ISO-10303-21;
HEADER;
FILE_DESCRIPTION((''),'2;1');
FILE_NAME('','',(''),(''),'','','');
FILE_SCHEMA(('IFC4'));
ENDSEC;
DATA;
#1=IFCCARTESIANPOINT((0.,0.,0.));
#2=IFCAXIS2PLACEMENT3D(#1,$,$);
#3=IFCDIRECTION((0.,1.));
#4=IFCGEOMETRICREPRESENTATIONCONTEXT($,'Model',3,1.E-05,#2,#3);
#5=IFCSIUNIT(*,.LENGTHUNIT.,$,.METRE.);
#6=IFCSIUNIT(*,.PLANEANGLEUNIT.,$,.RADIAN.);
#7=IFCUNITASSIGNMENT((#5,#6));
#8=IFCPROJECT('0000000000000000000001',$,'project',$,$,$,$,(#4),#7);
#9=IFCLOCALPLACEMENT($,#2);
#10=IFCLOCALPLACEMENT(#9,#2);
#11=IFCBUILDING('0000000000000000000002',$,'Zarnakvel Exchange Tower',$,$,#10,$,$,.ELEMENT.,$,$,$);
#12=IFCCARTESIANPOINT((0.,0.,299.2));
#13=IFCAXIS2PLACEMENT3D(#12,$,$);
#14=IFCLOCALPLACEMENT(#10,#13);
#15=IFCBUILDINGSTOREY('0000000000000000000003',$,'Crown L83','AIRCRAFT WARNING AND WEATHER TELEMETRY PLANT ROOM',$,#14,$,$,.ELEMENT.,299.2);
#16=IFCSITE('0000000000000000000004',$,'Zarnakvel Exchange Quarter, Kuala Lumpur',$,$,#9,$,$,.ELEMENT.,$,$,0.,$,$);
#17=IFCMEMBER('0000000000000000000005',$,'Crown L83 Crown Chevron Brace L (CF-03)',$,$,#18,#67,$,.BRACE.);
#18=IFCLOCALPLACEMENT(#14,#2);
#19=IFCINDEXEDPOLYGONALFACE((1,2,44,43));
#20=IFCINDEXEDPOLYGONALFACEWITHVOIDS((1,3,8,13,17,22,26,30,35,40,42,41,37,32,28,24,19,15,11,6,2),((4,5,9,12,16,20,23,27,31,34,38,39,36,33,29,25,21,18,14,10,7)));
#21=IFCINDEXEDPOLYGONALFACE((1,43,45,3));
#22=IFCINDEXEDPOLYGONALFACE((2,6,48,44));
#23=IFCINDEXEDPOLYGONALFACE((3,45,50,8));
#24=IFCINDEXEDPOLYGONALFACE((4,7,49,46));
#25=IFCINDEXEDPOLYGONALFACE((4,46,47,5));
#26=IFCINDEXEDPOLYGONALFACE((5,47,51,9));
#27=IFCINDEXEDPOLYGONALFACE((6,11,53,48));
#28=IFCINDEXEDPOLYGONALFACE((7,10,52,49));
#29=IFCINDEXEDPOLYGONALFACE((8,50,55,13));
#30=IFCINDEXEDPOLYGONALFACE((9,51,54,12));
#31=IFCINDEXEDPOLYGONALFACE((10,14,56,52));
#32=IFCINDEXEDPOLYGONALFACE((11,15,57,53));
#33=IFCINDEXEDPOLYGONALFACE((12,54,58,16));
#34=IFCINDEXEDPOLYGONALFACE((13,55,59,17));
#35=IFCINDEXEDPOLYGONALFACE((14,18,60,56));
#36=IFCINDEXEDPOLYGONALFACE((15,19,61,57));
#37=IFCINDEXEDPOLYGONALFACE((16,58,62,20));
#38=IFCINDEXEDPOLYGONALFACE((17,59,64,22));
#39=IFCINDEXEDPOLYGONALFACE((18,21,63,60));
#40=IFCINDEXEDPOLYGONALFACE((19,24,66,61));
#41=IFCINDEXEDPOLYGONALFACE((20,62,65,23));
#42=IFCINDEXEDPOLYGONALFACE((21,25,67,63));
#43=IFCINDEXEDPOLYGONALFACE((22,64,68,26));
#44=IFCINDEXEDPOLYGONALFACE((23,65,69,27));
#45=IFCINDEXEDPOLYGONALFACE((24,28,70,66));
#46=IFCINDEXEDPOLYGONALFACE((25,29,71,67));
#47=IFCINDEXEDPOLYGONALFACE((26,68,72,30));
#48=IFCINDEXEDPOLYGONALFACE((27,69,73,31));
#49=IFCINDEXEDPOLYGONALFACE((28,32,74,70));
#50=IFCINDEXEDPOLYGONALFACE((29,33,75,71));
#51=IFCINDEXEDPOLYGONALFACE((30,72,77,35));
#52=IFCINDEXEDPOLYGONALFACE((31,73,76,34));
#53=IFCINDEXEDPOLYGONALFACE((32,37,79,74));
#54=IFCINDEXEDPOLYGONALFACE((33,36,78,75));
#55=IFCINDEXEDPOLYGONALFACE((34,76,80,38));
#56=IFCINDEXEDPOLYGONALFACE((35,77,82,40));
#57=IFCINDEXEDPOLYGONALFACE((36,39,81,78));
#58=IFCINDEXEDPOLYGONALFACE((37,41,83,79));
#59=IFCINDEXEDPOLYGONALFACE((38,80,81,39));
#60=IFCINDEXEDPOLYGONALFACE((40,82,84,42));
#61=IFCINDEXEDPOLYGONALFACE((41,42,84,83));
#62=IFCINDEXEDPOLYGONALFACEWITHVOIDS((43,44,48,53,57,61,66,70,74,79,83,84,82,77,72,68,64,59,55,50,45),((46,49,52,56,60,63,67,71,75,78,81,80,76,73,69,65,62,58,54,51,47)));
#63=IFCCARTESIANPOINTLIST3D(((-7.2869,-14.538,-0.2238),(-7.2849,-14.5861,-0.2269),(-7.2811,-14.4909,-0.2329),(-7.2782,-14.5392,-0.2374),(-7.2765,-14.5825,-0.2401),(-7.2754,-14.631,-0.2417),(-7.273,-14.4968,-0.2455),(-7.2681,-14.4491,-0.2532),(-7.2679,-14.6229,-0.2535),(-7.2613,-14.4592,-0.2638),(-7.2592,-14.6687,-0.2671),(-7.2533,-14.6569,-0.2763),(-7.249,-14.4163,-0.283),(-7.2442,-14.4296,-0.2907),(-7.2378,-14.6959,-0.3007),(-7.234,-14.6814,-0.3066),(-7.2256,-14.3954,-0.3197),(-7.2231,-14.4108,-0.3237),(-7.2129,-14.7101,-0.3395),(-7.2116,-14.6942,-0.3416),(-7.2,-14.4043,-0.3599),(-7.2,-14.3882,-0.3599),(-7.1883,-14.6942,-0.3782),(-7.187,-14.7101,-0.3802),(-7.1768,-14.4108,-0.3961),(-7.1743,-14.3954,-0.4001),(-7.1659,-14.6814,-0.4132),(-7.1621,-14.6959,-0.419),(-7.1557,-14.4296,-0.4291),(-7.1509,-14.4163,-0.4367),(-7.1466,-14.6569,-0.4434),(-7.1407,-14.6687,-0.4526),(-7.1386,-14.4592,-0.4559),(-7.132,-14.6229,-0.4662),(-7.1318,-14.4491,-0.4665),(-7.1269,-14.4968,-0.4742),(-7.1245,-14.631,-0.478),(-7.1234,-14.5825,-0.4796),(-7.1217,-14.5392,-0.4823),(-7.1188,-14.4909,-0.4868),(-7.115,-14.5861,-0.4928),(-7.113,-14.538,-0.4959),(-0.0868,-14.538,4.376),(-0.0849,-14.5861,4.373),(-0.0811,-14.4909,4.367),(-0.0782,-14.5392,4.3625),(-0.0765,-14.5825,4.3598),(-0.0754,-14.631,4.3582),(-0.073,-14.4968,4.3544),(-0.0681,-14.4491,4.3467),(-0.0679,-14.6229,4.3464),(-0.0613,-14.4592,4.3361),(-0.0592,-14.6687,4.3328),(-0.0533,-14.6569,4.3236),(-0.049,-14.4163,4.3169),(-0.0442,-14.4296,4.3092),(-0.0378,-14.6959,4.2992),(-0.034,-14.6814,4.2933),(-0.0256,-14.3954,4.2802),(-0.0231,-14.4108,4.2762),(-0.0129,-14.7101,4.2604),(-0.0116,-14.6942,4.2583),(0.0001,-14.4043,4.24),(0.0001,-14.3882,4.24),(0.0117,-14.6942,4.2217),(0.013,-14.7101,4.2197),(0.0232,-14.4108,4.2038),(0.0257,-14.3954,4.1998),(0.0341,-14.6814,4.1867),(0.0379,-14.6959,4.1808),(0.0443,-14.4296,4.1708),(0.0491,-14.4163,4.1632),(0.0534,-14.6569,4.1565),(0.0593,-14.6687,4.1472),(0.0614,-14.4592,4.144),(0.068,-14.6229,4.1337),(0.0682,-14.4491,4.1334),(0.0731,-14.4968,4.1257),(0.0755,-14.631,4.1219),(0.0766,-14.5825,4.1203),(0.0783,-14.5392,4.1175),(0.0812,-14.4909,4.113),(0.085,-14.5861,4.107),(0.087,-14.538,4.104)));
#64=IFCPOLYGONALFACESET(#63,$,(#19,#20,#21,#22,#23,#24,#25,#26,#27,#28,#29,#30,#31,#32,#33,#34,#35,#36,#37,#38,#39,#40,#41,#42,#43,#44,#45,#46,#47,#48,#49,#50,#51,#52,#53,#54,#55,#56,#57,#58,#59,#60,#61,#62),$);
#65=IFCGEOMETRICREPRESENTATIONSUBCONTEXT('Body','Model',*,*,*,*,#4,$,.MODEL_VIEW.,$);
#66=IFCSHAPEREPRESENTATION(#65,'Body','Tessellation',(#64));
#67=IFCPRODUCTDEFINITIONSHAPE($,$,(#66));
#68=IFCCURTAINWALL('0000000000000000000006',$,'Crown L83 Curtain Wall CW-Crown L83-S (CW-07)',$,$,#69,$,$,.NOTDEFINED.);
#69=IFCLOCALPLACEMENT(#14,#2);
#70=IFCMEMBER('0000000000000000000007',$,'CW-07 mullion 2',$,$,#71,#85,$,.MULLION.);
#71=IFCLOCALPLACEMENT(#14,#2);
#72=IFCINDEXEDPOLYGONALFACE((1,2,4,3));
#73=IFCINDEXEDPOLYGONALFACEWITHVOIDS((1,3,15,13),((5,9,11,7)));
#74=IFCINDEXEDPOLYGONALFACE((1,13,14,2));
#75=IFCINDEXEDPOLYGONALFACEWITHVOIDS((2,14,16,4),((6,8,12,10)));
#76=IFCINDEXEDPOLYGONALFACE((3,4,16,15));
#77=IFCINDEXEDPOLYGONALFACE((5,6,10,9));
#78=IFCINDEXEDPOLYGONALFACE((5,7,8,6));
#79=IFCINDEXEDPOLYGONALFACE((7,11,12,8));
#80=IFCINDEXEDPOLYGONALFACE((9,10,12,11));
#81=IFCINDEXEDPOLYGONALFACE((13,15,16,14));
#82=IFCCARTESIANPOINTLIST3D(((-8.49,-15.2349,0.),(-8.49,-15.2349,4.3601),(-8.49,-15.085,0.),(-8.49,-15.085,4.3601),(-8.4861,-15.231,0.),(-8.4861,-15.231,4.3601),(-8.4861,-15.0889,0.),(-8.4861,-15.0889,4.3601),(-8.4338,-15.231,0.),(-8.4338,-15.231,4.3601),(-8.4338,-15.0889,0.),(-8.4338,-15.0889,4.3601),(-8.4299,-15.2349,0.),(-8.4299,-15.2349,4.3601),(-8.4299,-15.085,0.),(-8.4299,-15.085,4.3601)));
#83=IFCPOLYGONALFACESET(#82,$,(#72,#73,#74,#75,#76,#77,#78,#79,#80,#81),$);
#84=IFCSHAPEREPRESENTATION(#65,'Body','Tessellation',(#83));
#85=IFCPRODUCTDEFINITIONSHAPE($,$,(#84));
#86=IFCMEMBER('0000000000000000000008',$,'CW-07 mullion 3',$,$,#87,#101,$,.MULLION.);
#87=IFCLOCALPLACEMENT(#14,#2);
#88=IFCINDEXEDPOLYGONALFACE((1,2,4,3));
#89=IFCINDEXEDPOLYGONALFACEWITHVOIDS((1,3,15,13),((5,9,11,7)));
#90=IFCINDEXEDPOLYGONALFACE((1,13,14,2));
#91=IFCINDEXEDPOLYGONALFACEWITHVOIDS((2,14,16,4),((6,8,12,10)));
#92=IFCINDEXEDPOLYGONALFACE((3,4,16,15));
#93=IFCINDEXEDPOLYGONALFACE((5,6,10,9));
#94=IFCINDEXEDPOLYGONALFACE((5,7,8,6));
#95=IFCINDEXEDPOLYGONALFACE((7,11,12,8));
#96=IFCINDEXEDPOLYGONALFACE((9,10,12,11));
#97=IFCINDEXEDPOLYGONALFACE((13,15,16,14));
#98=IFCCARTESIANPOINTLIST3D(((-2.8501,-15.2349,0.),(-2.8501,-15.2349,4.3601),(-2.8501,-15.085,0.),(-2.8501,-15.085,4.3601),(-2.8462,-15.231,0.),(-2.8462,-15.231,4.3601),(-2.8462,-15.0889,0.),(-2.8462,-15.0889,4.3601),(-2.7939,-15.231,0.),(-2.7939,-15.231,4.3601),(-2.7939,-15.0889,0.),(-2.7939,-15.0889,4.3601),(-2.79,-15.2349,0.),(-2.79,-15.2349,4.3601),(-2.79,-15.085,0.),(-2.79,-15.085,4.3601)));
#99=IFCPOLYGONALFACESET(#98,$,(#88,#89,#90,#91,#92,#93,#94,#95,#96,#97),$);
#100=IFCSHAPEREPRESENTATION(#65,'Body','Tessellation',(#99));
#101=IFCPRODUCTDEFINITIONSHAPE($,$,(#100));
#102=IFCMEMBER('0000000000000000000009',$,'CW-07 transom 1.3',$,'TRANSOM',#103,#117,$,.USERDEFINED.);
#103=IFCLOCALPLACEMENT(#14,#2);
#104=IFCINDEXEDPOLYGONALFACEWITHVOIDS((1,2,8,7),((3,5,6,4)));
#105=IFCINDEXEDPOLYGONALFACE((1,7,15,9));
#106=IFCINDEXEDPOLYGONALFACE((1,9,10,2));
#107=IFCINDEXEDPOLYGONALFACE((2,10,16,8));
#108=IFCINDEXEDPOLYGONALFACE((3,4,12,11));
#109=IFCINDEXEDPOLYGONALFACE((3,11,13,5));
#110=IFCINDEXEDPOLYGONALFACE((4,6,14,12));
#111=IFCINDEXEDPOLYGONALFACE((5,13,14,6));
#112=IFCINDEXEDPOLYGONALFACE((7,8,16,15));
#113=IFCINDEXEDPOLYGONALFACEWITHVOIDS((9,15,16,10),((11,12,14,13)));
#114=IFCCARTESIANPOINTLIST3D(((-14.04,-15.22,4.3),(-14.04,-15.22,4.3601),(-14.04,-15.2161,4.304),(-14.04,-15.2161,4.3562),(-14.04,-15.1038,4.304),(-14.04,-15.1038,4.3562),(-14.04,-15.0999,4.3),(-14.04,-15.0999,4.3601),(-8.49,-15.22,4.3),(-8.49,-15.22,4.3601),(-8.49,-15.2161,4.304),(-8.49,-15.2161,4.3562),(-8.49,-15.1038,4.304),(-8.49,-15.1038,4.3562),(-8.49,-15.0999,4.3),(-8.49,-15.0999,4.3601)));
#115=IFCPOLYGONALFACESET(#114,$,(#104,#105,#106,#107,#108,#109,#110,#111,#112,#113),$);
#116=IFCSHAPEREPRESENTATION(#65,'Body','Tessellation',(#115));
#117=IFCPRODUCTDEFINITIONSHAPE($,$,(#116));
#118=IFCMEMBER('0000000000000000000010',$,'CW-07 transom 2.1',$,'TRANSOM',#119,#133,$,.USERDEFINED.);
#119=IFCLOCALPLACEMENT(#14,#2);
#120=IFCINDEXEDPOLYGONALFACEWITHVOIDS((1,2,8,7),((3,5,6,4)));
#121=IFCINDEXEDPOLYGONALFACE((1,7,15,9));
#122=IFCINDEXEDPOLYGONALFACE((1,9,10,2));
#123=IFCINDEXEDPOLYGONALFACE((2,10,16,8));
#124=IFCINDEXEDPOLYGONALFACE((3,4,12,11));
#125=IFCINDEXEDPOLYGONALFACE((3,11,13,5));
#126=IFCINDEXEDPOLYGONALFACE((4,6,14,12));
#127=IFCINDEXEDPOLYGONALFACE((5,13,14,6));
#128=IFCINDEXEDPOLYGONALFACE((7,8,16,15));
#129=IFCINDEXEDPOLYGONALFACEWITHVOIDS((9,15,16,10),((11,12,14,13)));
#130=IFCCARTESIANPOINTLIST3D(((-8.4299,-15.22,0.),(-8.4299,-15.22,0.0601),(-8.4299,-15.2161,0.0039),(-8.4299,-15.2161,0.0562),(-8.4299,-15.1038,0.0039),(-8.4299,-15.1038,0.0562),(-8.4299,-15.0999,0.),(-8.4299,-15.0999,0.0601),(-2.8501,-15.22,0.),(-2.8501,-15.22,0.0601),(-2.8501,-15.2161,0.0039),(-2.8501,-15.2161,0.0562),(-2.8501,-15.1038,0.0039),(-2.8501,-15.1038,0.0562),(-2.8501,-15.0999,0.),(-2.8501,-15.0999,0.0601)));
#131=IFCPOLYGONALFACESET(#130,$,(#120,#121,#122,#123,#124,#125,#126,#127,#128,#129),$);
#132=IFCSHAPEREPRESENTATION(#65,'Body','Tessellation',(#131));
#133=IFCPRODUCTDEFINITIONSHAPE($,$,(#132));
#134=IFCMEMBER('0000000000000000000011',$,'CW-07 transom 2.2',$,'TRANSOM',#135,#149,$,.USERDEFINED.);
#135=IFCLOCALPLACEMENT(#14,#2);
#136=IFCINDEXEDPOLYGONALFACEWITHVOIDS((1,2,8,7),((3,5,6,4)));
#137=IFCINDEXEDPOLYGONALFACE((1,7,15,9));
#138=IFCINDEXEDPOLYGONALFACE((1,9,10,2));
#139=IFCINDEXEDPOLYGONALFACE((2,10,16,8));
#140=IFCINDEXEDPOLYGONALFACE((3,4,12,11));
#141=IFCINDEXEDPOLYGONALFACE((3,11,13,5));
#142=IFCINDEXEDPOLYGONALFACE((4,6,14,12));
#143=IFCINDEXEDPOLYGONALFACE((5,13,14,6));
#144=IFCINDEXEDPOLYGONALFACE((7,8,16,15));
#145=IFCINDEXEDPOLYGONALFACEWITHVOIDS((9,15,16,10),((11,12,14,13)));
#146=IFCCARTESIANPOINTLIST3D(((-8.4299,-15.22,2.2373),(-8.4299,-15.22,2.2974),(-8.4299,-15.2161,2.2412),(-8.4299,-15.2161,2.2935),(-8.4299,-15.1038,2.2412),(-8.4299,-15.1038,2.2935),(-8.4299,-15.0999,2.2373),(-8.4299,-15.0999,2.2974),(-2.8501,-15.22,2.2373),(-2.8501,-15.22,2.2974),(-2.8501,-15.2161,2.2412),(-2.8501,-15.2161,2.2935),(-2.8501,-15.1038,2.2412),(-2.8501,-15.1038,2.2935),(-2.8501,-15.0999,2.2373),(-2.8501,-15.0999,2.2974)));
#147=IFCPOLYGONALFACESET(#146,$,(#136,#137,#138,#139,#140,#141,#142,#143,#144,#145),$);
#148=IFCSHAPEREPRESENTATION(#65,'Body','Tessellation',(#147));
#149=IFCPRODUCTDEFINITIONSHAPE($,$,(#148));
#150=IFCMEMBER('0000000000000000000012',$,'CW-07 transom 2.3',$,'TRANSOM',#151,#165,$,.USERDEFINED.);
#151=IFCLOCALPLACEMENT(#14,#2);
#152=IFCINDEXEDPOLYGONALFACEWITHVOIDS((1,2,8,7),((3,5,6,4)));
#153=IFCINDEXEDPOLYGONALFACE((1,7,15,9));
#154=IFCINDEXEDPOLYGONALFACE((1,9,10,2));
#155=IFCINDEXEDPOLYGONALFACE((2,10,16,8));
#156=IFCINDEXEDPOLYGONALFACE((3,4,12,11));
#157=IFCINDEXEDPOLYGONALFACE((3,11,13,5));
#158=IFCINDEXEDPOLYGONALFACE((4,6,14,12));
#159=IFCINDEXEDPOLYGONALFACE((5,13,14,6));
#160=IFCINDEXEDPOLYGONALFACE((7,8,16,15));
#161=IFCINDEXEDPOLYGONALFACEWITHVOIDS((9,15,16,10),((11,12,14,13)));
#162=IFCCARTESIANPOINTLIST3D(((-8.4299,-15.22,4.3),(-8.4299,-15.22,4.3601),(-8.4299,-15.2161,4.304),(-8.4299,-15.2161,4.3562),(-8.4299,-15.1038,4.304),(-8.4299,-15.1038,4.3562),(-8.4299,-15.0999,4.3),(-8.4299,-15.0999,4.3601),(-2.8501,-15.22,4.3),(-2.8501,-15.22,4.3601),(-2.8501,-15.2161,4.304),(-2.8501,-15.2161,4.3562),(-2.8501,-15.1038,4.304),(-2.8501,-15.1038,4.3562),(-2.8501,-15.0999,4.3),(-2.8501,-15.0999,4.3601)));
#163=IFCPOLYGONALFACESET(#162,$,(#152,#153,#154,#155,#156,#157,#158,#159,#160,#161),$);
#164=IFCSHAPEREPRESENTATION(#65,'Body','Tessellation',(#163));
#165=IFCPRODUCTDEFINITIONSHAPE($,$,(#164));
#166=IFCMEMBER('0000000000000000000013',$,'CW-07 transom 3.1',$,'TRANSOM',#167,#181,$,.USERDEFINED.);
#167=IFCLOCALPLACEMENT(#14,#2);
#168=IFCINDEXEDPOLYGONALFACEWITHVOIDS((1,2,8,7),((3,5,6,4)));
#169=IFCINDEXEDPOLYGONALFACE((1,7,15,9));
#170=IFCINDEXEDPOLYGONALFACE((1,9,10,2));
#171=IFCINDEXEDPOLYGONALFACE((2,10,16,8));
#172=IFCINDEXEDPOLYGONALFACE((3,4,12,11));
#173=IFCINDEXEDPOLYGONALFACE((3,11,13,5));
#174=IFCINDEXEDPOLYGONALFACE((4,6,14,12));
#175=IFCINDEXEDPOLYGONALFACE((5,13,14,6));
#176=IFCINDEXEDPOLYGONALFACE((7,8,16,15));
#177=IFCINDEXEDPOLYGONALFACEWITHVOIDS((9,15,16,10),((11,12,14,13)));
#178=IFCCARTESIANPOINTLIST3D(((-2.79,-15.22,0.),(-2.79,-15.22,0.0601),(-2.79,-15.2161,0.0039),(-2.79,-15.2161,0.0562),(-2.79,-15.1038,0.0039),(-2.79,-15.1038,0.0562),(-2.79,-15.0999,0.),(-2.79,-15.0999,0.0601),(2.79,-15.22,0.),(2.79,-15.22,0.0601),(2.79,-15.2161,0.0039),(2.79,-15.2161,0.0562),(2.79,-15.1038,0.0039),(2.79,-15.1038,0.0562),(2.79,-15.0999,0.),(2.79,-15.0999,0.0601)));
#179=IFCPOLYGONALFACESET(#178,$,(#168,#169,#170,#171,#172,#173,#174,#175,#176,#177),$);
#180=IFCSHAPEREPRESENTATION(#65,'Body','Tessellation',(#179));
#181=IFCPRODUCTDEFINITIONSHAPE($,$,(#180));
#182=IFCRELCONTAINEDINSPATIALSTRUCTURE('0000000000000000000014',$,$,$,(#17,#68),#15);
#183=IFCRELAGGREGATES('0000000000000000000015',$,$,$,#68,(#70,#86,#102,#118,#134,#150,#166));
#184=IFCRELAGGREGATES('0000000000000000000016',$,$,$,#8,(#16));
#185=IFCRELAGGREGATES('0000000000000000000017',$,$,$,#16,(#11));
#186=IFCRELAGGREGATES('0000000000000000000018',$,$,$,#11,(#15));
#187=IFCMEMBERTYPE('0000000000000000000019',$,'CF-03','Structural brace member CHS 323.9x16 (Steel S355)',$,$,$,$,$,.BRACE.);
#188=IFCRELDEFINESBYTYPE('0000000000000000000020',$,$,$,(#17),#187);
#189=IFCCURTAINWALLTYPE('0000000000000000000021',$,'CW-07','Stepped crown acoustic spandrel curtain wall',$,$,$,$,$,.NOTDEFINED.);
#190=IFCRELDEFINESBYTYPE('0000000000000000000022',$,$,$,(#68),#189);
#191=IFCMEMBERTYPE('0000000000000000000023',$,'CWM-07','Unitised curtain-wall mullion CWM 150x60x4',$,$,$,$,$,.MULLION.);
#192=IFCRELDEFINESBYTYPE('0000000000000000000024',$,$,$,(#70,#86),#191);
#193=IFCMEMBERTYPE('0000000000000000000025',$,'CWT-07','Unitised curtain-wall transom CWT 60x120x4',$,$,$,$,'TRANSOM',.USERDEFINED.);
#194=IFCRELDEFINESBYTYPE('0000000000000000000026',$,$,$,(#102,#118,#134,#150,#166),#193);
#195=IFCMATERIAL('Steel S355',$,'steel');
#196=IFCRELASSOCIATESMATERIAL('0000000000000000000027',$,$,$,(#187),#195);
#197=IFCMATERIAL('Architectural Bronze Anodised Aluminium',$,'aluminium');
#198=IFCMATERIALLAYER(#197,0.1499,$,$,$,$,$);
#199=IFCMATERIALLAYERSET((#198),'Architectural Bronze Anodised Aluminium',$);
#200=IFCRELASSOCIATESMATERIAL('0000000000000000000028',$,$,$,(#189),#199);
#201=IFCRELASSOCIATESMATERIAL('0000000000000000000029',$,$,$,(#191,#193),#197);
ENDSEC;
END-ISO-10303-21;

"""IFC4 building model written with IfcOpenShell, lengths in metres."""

from ifc_helpers import new_model, si_unit, direction, frame, origin, origin_2d, place, context, subcontext, project, spatial, hollow_rectangle, hollow_circle, extrude, source, transform, mapped, material, layer, layer_set, material_profile, profile_set, type_object, element, aggregate, save


model = new_model("IFC4")

# Units and contexts
model_context = context("Model", 3, precision=1e-05, world=origin(), true_north=direction((0.0, 1.0)))
body_context = subcontext(model_context, "Body", "Model", "MODEL_VIEW")
ifc_project = project(units=[si_unit("LENGTHUNIT", "METRE"), si_unit("PLANEANGLEUNIT", "RADIAN")], contexts=[model_context])

# Site, building, storey
site_placement = place(None, origin())
site = spatial("IfcSite", under=ifc_project, at=site_placement, Name="Zarnakvel Exchange Quarter, Kuala Lumpur", CompositionType="ELEMENT", RefElevation=0.0)
building_placement = place(site_placement, origin())
building = spatial("IfcBuilding", under=site, at=building_placement, Name="Zarnakvel Exchange Tower", CompositionType="ELEMENT")
storey_placement = place(building_placement, frame((0.0, 0.0, 299.2)))
storey = spatial("IfcBuildingStorey", under=building, at=storey_placement, Name="Crown L83", Description="AIRCRAFT WARNING AND WEATHER TELEMETRY PLANT ROOM", CompositionType="ELEMENT", Elevation=299.2)

# Shared definitions
ifc_material_1 = material(Name="Steel S355", Category="steel")

# Member
ifc_material_profile_1 = material_profile(ifc_material_1, hollow_circle(Radius=0.1619, WallThickness=0.0161, at=origin_2d()))
ifc_profile_set_1 = profile_set([ifc_material_profile_1], Name="Steel S355")
member_type_1 = type_object("IfcMemberType", Name="CF-03", Description="Structural brace member CHS 323.9x16 (Steel S355)", PredefinedType="BRACE", material=ifc_profile_set_1)
shared_shape_1 = source(origin(), body_context, "Body", "SweptSolid", [
    extrude(hollow_circle(Radius=0.1619, WallThickness=0.0161, at=origin_2d()), origin(), (0.0, 0.0, 1.0), 8.5439),
])
member_1_placement = place(storey_placement, frame((-7.2, -14.55, -0.3599), z_axis=(0.842702, 0.0, 0.53838), x_axis=(0.0, 1.0, 0.0)))
element("IfcMember", 1, at=member_1_placement, inside=storey, type_object=member_type_1, Name="Crown L83 Crown Chevron Brace L (CF-03)", PredefinedType="BRACE", context=body_context, shape_type="MappedRepresentation", body=[
    mapped(shared_shape_1, transform((0.0, 0.0, 0.0), x_axis=(1.0, 0.0, 0.0), y_axis=(0.0, 1.0, 0.0), z_axis=(0.0, 0.0, 1.0), scale=1.0)),
])

# Curtain wall, members
ifc_material_2 = material(Name="Architectural Bronze Anodised Aluminium", Category="aluminium")
ifc_layer_1 = layer(ifc_material_2, 0.1499)
ifc_layer_set_1 = layer_set([ifc_layer_1], Name="Architectural Bronze Anodised Aluminium")
curtain_wall_type = type_object("IfcCurtainWallType", Name="CW-07", Description="Stepped crown acoustic spandrel curtain wall", PredefinedType="NOTDEFINED", material=ifc_layer_set_1)
curtain_wall_placement = place(storey_placement, origin())
curtain_wall = element("IfcCurtainWall", 2, at=curtain_wall_placement, inside=storey, type_object=curtain_wall_type, Name="Crown L83 Curtain Wall CW-Crown L83-S (CW-07)", PredefinedType="NOTDEFINED")
ifc_material_profile_2 = material_profile(ifc_material_2, hollow_rectangle(XDim=0.1499, YDim=0.0601, WallThickness=0.0039, at=origin_2d()))
ifc_profile_set_2 = profile_set([ifc_material_profile_2], Name="Architectural Bronze Anodised Aluminium")
member_type_2 = type_object("IfcMemberType", Name="CWM-07", Description="Unitised curtain-wall mullion CWM 150x60x4", PredefinedType="MULLION", material=ifc_profile_set_2)
shared_shape_2 = source(origin(), body_context, "Body", "SweptSolid", [
    extrude(hollow_rectangle(XDim=0.1499, YDim=0.0601, WallThickness=0.0039, at=origin_2d()), origin(), (0.0, 0.0, 1.0), 4.3601),
])
member_2_placement = place(storey_placement, frame((-8.46, -15.1599, 0.0), z_axis=(0.0, 0.0, 1.0), x_axis=(0.0, 1.0, 0.0)))
member_2 = element("IfcMember", 3, at=member_2_placement, type_object=member_type_2, Name="CW-07 mullion 2", PredefinedType="MULLION", context=body_context, shape_type="MappedRepresentation", body=[
    mapped(shared_shape_2, transform((0.0, 0.0, 0.0), x_axis=(1.0, 0.0, 0.0), y_axis=(0.0, 1.0, 0.0), z_axis=(0.0, 0.0, 1.0), scale=1.0)),
])
member_3_placement = place(storey_placement, frame((-2.8201, -15.1599, 0.0), z_axis=(0.0, 0.0, 1.0), x_axis=(0.0, 1.0, 0.0)))
member_3 = element("IfcMember", 4, at=member_3_placement, type_object=member_type_2, Name="CW-07 mullion 3", PredefinedType="MULLION", context=body_context, shape_type="MappedRepresentation", body=[
    mapped(shared_shape_2, transform((0.0, 0.0, 0.0), x_axis=(1.0, 0.0, 0.0), y_axis=(0.0, 1.0, 0.0), z_axis=(0.0, 0.0, 1.0), scale=1.0)),
])
ifc_material_profile_3 = material_profile(ifc_material_2, hollow_rectangle(XDim=0.1201, YDim=0.0601, WallThickness=0.0039, at=origin_2d()))
ifc_profile_set_3 = profile_set([ifc_material_profile_3], Name="Architectural Bronze Anodised Aluminium")
member_type_3 = type_object("IfcMemberType", Name="CWT-07", Description="Unitised curtain-wall transom CWT 60x120x4", ElementType="TRANSOM", PredefinedType="USERDEFINED", material=ifc_profile_set_3)
shared_shape_3 = source(origin(), body_context, "Body", "SweptSolid", [
    extrude(hollow_rectangle(XDim=0.1201, YDim=0.0601, WallThickness=0.0039, at=origin_2d()), origin(), (0.0, 0.0, 1.0), 5.55),
])
member_4_placement = place(storey_placement, frame((-14.04, -15.1599, 4.3301), z_axis=(1.0, 0.0, 0.0), x_axis=(0.0, 1.0, 0.0)))
member_4 = element("IfcMember", 5, at=member_4_placement, type_object=member_type_3, Name="CW-07 transom 1.3", ObjectType="TRANSOM", PredefinedType="USERDEFINED", context=body_context, shape_type="MappedRepresentation", body=[
    mapped(shared_shape_3, transform((0.0, 0.0, 0.0), x_axis=(1.0, 0.0, 0.0), y_axis=(0.0, 1.0, 0.0), z_axis=(0.0, 0.0, 1.0), scale=1.0)),
])
shared_shape_4 = source(origin(), body_context, "Body", "SweptSolid", [
    extrude(hollow_rectangle(XDim=0.1201, YDim=0.0601, WallThickness=0.0039, at=origin_2d()), origin(), (0.0, 0.0, 1.0), 5.5798),
])
member_5_placement = place(storey_placement, frame((-8.4299, -15.1599, 0.03), z_axis=(1.0, 0.0, 0.0), x_axis=(0.0, 1.0, 0.0)))
member_5 = element("IfcMember", 6, at=member_5_placement, type_object=member_type_3, Name="CW-07 transom 2.1", ObjectType="TRANSOM", PredefinedType="USERDEFINED", context=body_context, shape_type="MappedRepresentation", body=[
    mapped(shared_shape_4, transform((0.0, 0.0, 0.0), x_axis=(1.0, 0.0, 0.0), y_axis=(0.0, 1.0, 0.0), z_axis=(0.0, 0.0, 1.0), scale=1.0)),
])
member_6_placement = place(storey_placement, frame((-8.4299, -15.1599, 2.2673), z_axis=(1.0, 0.0, 0.0), x_axis=(0.0, 1.0, 0.0)))
member_6 = element("IfcMember", 7, at=member_6_placement, type_object=member_type_3, Name="CW-07 transom 2.2", ObjectType="TRANSOM", PredefinedType="USERDEFINED", context=body_context, shape_type="MappedRepresentation", body=[
    mapped(shared_shape_4, transform((0.0, 0.0, 0.0), x_axis=(1.0, 0.0, 0.0), y_axis=(0.0, 1.0, 0.0), z_axis=(0.0, 0.0, 1.0), scale=1.0)),
])
member_7_placement = place(storey_placement, frame((-8.4299, -15.1599, 4.3301), z_axis=(1.0, 0.0, 0.0), x_axis=(0.0, 1.0, 0.0)))
member_7 = element("IfcMember", 8, at=member_7_placement, type_object=member_type_3, Name="CW-07 transom 2.3", ObjectType="TRANSOM", PredefinedType="USERDEFINED", context=body_context, shape_type="MappedRepresentation", body=[
    mapped(shared_shape_4, transform((0.0, 0.0, 0.0), x_axis=(1.0, 0.0, 0.0), y_axis=(0.0, 1.0, 0.0), z_axis=(0.0, 0.0, 1.0), scale=1.0)),
])
shared_shape_5 = source(origin(), body_context, "Body", "SweptSolid", [
    extrude(hollow_rectangle(XDim=0.1201, YDim=0.0601, WallThickness=0.0039, at=origin_2d()), origin(), (0.0, 0.0, 1.0), 5.5801),
])
member_8_placement = place(storey_placement, frame((-2.79, -15.1599, 0.03), z_axis=(1.0, 0.0, 0.0), x_axis=(0.0, 1.0, 0.0)))
member_8 = element("IfcMember", 9, at=member_8_placement, type_object=member_type_3, Name="CW-07 transom 3.1", ObjectType="TRANSOM", PredefinedType="USERDEFINED", context=body_context, shape_type="MappedRepresentation", body=[
    mapped(shared_shape_5, transform((0.0, 0.0, 0.0), x_axis=(1.0, 0.0, 0.0), y_axis=(0.0, 1.0, 0.0), z_axis=(0.0, 0.0, 1.0), scale=1.0)),
])

aggregate(curtain_wall, [member_2, member_3, member_4, member_5, member_6, member_7, member_8])

save(model, "model.ifc")
